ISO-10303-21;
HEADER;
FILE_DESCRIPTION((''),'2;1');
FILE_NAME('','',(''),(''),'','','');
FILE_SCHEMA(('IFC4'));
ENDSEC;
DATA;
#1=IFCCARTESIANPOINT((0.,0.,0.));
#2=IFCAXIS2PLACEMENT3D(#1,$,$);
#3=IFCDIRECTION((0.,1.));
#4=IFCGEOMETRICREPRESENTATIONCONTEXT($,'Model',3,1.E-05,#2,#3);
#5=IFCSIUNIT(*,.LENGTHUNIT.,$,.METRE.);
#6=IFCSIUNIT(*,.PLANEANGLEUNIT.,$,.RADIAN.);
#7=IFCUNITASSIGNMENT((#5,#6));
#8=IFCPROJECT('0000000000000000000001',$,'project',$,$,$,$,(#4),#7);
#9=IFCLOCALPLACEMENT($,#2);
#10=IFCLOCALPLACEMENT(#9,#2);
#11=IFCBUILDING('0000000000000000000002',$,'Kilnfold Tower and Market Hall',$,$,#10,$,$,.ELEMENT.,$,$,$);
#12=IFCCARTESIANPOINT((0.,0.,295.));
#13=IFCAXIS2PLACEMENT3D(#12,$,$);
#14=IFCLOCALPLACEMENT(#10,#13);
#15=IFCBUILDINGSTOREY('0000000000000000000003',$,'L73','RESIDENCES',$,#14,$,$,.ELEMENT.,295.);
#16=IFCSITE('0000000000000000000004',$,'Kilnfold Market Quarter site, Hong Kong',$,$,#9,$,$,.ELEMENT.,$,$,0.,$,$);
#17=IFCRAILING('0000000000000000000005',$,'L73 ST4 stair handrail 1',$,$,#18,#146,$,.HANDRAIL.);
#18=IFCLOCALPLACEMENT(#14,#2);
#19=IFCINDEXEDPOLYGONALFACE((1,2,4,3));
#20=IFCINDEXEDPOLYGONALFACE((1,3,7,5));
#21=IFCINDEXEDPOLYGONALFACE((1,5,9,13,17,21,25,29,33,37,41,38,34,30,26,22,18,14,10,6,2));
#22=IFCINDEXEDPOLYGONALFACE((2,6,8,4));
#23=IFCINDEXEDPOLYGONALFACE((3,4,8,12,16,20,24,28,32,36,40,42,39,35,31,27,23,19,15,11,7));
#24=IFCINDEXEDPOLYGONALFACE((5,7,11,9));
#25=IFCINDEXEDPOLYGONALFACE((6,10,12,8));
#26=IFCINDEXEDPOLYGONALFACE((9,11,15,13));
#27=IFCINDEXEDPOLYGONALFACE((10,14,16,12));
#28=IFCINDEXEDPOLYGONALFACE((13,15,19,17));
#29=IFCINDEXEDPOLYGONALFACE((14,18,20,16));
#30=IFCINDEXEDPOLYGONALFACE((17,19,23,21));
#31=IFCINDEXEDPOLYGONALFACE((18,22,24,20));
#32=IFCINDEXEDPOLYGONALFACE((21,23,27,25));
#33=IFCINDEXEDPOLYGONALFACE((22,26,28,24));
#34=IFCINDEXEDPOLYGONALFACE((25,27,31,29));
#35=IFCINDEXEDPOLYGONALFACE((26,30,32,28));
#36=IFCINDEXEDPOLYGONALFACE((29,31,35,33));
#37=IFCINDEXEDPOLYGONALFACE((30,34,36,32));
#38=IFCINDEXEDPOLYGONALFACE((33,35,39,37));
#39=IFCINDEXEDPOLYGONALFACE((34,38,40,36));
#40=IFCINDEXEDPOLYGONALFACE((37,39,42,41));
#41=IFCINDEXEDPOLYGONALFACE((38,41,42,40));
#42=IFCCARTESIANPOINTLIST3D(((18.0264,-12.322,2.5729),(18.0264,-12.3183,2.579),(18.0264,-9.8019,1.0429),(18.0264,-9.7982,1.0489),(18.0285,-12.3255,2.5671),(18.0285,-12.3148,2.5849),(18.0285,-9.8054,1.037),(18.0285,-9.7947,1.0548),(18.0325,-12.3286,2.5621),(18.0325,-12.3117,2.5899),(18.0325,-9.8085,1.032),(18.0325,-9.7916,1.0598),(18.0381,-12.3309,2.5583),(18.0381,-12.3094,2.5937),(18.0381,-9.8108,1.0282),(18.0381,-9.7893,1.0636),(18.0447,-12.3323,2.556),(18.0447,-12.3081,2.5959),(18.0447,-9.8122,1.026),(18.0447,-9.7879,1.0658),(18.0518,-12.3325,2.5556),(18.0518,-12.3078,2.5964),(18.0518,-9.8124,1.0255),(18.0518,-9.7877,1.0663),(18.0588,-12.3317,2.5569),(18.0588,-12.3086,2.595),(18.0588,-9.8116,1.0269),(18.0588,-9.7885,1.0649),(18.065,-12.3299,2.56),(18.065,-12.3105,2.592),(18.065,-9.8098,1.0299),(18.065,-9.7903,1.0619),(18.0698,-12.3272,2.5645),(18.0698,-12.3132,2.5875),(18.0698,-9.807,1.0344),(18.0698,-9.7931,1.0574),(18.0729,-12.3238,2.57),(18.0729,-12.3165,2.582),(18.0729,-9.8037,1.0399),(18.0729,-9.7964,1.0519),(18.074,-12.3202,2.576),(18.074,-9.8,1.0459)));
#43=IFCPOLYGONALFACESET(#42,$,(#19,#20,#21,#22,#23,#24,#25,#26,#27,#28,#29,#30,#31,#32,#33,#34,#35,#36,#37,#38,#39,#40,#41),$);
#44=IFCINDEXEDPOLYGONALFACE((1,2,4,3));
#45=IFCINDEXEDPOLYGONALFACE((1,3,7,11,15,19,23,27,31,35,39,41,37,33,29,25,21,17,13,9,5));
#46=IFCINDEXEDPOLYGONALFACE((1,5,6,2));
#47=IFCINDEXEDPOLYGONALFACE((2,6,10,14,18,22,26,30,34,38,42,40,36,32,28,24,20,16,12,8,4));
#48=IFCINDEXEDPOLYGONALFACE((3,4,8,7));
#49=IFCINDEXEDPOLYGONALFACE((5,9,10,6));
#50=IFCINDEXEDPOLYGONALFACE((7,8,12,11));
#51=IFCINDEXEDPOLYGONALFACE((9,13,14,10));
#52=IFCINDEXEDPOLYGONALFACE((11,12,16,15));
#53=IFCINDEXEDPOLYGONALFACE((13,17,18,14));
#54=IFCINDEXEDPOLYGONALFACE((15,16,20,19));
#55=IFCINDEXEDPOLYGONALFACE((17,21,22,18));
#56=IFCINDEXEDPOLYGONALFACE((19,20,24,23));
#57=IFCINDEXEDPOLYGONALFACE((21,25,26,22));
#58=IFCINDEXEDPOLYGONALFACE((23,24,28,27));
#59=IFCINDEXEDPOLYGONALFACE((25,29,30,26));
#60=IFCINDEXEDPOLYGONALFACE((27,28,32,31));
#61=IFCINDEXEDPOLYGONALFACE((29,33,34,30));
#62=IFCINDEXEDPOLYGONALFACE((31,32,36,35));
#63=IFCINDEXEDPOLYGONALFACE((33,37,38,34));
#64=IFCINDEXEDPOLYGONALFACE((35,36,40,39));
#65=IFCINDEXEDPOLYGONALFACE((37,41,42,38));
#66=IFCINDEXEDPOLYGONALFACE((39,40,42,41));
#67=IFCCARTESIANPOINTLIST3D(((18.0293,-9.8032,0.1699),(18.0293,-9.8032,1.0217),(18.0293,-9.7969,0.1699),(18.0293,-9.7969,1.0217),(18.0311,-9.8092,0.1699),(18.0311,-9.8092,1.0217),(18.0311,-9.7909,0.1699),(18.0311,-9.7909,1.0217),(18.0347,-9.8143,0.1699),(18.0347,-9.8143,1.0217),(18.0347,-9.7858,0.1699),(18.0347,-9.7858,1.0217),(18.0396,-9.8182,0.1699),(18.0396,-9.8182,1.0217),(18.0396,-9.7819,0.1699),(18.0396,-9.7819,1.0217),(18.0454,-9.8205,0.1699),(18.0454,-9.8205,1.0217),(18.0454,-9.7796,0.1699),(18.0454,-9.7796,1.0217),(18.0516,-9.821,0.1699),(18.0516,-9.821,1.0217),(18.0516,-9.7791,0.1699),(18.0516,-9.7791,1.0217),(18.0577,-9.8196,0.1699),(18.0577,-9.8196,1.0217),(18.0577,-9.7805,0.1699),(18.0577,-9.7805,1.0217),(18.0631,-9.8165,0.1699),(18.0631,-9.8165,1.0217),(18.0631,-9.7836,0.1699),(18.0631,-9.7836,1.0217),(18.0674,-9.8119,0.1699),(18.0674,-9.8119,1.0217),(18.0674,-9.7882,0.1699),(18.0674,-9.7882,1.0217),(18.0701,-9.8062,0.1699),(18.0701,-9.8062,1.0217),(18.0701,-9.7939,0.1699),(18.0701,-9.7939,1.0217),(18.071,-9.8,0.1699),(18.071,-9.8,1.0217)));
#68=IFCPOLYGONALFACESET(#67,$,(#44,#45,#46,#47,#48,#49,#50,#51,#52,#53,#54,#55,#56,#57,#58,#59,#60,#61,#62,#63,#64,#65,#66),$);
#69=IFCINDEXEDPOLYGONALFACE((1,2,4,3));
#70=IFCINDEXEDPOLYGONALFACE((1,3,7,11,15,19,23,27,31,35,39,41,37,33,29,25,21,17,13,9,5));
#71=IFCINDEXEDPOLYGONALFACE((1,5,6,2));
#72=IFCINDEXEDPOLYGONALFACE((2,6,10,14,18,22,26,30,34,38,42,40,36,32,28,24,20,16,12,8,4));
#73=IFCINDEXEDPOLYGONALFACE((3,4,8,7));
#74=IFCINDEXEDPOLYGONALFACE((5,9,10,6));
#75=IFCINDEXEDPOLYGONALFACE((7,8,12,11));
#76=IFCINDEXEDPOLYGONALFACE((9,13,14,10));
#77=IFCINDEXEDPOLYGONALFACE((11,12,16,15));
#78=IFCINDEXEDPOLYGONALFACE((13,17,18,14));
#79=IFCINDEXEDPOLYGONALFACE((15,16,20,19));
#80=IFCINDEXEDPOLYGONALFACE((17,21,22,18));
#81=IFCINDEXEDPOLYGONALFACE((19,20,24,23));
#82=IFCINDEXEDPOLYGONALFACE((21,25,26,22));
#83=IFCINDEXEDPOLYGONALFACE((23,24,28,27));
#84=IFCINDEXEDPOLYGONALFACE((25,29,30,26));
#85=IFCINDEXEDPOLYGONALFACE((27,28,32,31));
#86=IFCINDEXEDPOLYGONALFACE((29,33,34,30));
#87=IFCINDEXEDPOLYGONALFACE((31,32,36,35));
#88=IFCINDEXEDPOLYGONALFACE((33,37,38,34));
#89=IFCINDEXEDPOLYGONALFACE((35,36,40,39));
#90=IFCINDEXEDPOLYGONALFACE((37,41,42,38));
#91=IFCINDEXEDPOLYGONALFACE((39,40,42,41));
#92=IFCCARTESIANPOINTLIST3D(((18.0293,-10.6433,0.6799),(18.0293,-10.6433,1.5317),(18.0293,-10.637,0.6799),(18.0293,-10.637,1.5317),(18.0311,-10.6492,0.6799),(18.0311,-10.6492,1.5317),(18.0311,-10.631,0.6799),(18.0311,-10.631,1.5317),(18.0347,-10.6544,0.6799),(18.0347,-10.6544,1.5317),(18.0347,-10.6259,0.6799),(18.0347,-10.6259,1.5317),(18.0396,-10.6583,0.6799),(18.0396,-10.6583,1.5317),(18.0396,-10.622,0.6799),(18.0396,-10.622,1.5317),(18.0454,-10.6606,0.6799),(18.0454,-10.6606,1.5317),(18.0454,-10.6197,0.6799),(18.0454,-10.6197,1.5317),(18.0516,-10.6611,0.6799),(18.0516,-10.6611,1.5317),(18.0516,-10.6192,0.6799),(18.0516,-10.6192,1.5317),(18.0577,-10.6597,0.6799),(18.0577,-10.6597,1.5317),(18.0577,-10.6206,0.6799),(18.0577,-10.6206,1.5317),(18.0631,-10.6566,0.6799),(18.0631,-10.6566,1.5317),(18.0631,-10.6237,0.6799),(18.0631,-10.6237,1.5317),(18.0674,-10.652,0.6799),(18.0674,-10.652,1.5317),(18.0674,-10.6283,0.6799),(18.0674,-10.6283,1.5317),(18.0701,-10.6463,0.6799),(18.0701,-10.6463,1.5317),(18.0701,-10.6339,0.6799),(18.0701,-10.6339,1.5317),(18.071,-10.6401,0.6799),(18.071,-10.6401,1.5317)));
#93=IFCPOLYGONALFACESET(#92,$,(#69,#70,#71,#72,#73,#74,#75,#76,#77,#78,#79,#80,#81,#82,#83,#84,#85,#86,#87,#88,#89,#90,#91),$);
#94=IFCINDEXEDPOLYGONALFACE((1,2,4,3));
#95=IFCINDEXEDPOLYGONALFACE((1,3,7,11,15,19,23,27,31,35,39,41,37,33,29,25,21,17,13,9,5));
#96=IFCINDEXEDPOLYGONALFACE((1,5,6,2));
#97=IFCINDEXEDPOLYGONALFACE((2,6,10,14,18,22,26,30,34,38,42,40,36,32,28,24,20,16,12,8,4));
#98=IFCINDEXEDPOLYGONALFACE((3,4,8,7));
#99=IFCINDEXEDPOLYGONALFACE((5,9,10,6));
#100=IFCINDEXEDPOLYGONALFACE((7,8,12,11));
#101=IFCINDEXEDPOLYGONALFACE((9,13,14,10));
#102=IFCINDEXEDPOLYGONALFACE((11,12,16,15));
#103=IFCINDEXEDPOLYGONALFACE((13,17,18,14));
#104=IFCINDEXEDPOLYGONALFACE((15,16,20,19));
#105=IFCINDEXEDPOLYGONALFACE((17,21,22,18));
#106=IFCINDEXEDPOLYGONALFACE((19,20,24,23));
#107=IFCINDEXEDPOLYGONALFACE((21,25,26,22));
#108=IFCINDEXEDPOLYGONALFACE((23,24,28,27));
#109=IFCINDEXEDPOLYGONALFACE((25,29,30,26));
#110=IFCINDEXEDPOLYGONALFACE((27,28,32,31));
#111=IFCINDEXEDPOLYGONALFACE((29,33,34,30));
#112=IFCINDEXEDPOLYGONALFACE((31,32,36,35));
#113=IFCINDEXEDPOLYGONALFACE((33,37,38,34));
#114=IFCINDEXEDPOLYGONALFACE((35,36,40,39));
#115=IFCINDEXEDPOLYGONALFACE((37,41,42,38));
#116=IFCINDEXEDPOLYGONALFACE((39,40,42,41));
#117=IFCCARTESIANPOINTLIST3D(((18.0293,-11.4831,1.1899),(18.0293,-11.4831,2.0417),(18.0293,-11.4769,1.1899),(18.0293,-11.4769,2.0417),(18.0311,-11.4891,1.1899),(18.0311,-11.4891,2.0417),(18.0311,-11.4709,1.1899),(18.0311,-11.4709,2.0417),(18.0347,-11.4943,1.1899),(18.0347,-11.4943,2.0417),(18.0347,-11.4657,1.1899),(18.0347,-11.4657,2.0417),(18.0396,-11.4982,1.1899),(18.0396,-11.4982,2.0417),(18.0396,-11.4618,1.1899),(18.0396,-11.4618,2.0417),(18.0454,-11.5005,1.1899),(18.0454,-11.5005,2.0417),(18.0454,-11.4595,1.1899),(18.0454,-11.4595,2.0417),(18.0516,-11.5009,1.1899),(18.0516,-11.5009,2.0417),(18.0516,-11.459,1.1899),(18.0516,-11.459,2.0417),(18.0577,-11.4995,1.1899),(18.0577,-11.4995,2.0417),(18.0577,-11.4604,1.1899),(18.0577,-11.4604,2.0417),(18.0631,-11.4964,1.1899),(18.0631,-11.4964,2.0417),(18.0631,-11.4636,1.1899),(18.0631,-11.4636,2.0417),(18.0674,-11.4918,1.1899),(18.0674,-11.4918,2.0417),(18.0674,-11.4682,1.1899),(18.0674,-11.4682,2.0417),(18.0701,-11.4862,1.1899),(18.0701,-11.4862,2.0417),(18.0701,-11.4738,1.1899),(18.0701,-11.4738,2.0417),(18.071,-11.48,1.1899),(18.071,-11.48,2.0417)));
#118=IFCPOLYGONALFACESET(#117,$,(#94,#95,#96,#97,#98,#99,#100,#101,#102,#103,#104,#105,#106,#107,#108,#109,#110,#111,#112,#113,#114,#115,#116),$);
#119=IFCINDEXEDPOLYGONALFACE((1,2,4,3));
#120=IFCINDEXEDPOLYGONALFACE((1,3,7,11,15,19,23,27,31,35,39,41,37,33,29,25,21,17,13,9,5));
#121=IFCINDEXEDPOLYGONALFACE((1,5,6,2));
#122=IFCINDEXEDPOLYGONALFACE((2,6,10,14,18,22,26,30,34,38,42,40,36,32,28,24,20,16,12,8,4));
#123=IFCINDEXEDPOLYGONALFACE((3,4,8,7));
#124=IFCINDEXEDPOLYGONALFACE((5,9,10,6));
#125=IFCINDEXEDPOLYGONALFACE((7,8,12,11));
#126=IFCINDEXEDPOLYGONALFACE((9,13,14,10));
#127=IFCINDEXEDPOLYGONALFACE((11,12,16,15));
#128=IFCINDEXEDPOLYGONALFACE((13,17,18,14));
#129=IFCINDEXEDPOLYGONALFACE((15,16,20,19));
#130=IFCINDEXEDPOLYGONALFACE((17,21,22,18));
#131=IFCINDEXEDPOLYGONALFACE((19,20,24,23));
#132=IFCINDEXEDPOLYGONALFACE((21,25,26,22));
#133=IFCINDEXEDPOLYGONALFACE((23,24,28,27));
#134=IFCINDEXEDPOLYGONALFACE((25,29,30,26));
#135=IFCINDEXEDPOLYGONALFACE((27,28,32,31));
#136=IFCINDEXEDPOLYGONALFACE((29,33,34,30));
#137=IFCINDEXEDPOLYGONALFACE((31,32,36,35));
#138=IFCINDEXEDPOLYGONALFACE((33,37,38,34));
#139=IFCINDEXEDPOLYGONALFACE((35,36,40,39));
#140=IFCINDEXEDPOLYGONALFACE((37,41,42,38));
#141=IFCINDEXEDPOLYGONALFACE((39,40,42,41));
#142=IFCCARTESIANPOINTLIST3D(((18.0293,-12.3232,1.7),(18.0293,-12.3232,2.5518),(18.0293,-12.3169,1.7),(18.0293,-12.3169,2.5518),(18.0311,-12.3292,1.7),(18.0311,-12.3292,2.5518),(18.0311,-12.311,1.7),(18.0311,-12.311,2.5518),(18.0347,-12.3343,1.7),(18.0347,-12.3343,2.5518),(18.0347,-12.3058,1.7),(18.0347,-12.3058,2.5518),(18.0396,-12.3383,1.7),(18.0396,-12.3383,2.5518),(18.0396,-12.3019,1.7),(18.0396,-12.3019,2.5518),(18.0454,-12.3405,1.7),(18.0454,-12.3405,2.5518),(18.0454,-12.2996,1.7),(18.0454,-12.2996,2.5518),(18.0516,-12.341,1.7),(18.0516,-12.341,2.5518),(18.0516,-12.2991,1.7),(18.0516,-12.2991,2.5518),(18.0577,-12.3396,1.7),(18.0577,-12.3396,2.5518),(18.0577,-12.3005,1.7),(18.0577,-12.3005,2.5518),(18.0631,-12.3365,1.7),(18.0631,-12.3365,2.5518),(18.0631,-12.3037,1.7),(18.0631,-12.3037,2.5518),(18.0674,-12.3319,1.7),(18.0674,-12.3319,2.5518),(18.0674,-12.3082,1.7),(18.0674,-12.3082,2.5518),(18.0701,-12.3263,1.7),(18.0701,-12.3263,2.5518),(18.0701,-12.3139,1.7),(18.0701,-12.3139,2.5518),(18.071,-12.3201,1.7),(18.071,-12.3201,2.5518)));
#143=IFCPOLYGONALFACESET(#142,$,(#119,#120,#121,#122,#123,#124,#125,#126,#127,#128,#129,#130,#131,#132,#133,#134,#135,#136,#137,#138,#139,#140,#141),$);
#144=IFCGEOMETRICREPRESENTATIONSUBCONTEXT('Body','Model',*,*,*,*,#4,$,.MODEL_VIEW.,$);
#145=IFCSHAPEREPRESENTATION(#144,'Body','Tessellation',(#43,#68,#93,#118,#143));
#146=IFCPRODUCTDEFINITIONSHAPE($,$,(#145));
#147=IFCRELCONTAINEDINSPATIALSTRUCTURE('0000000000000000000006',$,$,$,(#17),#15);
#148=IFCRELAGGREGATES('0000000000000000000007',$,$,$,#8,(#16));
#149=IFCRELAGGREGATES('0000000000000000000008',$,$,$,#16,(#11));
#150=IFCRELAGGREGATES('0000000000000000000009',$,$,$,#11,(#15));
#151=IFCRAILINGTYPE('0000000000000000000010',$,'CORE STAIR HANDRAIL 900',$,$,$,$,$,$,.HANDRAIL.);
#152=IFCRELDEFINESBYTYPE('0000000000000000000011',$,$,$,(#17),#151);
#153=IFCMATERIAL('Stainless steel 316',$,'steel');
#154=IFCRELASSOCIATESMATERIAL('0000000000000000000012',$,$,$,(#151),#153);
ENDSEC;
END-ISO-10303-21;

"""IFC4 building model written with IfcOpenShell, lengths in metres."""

from ifc_helpers import new_model, si_unit, direction, frame, origin, origin_2d, place, context, subcontext, project, spatial, circle, extrude, material, type_object, element, save


model = new_model("IFC4")

# Units and contexts
model_context = context("Model", 3, precision=1e-05, world=origin(), true_north=direction((0.0, 1.0)))
body_context = subcontext(model_context, "Body", "Model", "MODEL_VIEW")
ifc_project = project(units=[si_unit("LENGTHUNIT", "METRE"), si_unit("PLANEANGLEUNIT", "RADIAN")], contexts=[model_context])

# Site, building, storey
site_placement = place(None, origin())
site = spatial("IfcSite", under=ifc_project, at=site_placement, Name="Kilnfold Market Quarter site, Hong Kong", CompositionType="ELEMENT", RefElevation=0.0)
building_placement = place(site_placement, origin())
building = spatial("IfcBuilding", under=site, at=building_placement, Name="Kilnfold Tower and Market Hall", CompositionType="ELEMENT")
storey_placement = place(building_placement, frame((0.0, 0.0, 295.0)))
storey = spatial("IfcBuildingStorey", under=building, at=storey_placement, Name="L73", Description="RESIDENCES", CompositionType="ELEMENT", Elevation=295.0)

# Railing
ifc_material_1 = material(Name="Stainless steel 316", Category="steel")
railing_type_1 = type_object("IfcRailingType", Name="CORE STAIR HANDRAIL 900", PredefinedType="HANDRAIL", material=ifc_material_1)
railing_1_placement = place(storey_placement, frame((18.05, -9.8, 0.1699)))
element("IfcRailing", 1, at=railing_1_placement, inside=storey, type_object=railing_type_1, Name="L73 ST4 stair handrail 1", PredefinedType="HANDRAIL", context=body_context, shape_type="SweptSolid", body=[
    extrude(circle(Radius=0.0239, at=origin_2d()), frame((0.0, 0.0, 0.876), z_axis=(0.0, -0.854785, 0.518982), x_axis=(1.0, 0.0, 0.0)), (0.0, 0.0, 1.0), 2.9482),
    extrude(circle(Radius=0.021, at=origin_2d()), origin(), (0.0, 0.0, 1.0), 0.8518),
    extrude(circle(Radius=0.021, at=origin_2d()), frame((0.0, -0.8401, 0.51)), (0.0, 0.0, 1.0), 0.8518),
    extrude(circle(Radius=0.021, at=origin_2d()), frame((0.0, -1.6799, 1.02)), (0.0, 0.0, 1.0), 0.8518),
    extrude(circle(Radius=0.021, at=origin_2d()), frame((0.0, -2.52, 1.53)), (0.0, 0.0, 1.0), 0.8518),
])

save(model, "model.ifc")
